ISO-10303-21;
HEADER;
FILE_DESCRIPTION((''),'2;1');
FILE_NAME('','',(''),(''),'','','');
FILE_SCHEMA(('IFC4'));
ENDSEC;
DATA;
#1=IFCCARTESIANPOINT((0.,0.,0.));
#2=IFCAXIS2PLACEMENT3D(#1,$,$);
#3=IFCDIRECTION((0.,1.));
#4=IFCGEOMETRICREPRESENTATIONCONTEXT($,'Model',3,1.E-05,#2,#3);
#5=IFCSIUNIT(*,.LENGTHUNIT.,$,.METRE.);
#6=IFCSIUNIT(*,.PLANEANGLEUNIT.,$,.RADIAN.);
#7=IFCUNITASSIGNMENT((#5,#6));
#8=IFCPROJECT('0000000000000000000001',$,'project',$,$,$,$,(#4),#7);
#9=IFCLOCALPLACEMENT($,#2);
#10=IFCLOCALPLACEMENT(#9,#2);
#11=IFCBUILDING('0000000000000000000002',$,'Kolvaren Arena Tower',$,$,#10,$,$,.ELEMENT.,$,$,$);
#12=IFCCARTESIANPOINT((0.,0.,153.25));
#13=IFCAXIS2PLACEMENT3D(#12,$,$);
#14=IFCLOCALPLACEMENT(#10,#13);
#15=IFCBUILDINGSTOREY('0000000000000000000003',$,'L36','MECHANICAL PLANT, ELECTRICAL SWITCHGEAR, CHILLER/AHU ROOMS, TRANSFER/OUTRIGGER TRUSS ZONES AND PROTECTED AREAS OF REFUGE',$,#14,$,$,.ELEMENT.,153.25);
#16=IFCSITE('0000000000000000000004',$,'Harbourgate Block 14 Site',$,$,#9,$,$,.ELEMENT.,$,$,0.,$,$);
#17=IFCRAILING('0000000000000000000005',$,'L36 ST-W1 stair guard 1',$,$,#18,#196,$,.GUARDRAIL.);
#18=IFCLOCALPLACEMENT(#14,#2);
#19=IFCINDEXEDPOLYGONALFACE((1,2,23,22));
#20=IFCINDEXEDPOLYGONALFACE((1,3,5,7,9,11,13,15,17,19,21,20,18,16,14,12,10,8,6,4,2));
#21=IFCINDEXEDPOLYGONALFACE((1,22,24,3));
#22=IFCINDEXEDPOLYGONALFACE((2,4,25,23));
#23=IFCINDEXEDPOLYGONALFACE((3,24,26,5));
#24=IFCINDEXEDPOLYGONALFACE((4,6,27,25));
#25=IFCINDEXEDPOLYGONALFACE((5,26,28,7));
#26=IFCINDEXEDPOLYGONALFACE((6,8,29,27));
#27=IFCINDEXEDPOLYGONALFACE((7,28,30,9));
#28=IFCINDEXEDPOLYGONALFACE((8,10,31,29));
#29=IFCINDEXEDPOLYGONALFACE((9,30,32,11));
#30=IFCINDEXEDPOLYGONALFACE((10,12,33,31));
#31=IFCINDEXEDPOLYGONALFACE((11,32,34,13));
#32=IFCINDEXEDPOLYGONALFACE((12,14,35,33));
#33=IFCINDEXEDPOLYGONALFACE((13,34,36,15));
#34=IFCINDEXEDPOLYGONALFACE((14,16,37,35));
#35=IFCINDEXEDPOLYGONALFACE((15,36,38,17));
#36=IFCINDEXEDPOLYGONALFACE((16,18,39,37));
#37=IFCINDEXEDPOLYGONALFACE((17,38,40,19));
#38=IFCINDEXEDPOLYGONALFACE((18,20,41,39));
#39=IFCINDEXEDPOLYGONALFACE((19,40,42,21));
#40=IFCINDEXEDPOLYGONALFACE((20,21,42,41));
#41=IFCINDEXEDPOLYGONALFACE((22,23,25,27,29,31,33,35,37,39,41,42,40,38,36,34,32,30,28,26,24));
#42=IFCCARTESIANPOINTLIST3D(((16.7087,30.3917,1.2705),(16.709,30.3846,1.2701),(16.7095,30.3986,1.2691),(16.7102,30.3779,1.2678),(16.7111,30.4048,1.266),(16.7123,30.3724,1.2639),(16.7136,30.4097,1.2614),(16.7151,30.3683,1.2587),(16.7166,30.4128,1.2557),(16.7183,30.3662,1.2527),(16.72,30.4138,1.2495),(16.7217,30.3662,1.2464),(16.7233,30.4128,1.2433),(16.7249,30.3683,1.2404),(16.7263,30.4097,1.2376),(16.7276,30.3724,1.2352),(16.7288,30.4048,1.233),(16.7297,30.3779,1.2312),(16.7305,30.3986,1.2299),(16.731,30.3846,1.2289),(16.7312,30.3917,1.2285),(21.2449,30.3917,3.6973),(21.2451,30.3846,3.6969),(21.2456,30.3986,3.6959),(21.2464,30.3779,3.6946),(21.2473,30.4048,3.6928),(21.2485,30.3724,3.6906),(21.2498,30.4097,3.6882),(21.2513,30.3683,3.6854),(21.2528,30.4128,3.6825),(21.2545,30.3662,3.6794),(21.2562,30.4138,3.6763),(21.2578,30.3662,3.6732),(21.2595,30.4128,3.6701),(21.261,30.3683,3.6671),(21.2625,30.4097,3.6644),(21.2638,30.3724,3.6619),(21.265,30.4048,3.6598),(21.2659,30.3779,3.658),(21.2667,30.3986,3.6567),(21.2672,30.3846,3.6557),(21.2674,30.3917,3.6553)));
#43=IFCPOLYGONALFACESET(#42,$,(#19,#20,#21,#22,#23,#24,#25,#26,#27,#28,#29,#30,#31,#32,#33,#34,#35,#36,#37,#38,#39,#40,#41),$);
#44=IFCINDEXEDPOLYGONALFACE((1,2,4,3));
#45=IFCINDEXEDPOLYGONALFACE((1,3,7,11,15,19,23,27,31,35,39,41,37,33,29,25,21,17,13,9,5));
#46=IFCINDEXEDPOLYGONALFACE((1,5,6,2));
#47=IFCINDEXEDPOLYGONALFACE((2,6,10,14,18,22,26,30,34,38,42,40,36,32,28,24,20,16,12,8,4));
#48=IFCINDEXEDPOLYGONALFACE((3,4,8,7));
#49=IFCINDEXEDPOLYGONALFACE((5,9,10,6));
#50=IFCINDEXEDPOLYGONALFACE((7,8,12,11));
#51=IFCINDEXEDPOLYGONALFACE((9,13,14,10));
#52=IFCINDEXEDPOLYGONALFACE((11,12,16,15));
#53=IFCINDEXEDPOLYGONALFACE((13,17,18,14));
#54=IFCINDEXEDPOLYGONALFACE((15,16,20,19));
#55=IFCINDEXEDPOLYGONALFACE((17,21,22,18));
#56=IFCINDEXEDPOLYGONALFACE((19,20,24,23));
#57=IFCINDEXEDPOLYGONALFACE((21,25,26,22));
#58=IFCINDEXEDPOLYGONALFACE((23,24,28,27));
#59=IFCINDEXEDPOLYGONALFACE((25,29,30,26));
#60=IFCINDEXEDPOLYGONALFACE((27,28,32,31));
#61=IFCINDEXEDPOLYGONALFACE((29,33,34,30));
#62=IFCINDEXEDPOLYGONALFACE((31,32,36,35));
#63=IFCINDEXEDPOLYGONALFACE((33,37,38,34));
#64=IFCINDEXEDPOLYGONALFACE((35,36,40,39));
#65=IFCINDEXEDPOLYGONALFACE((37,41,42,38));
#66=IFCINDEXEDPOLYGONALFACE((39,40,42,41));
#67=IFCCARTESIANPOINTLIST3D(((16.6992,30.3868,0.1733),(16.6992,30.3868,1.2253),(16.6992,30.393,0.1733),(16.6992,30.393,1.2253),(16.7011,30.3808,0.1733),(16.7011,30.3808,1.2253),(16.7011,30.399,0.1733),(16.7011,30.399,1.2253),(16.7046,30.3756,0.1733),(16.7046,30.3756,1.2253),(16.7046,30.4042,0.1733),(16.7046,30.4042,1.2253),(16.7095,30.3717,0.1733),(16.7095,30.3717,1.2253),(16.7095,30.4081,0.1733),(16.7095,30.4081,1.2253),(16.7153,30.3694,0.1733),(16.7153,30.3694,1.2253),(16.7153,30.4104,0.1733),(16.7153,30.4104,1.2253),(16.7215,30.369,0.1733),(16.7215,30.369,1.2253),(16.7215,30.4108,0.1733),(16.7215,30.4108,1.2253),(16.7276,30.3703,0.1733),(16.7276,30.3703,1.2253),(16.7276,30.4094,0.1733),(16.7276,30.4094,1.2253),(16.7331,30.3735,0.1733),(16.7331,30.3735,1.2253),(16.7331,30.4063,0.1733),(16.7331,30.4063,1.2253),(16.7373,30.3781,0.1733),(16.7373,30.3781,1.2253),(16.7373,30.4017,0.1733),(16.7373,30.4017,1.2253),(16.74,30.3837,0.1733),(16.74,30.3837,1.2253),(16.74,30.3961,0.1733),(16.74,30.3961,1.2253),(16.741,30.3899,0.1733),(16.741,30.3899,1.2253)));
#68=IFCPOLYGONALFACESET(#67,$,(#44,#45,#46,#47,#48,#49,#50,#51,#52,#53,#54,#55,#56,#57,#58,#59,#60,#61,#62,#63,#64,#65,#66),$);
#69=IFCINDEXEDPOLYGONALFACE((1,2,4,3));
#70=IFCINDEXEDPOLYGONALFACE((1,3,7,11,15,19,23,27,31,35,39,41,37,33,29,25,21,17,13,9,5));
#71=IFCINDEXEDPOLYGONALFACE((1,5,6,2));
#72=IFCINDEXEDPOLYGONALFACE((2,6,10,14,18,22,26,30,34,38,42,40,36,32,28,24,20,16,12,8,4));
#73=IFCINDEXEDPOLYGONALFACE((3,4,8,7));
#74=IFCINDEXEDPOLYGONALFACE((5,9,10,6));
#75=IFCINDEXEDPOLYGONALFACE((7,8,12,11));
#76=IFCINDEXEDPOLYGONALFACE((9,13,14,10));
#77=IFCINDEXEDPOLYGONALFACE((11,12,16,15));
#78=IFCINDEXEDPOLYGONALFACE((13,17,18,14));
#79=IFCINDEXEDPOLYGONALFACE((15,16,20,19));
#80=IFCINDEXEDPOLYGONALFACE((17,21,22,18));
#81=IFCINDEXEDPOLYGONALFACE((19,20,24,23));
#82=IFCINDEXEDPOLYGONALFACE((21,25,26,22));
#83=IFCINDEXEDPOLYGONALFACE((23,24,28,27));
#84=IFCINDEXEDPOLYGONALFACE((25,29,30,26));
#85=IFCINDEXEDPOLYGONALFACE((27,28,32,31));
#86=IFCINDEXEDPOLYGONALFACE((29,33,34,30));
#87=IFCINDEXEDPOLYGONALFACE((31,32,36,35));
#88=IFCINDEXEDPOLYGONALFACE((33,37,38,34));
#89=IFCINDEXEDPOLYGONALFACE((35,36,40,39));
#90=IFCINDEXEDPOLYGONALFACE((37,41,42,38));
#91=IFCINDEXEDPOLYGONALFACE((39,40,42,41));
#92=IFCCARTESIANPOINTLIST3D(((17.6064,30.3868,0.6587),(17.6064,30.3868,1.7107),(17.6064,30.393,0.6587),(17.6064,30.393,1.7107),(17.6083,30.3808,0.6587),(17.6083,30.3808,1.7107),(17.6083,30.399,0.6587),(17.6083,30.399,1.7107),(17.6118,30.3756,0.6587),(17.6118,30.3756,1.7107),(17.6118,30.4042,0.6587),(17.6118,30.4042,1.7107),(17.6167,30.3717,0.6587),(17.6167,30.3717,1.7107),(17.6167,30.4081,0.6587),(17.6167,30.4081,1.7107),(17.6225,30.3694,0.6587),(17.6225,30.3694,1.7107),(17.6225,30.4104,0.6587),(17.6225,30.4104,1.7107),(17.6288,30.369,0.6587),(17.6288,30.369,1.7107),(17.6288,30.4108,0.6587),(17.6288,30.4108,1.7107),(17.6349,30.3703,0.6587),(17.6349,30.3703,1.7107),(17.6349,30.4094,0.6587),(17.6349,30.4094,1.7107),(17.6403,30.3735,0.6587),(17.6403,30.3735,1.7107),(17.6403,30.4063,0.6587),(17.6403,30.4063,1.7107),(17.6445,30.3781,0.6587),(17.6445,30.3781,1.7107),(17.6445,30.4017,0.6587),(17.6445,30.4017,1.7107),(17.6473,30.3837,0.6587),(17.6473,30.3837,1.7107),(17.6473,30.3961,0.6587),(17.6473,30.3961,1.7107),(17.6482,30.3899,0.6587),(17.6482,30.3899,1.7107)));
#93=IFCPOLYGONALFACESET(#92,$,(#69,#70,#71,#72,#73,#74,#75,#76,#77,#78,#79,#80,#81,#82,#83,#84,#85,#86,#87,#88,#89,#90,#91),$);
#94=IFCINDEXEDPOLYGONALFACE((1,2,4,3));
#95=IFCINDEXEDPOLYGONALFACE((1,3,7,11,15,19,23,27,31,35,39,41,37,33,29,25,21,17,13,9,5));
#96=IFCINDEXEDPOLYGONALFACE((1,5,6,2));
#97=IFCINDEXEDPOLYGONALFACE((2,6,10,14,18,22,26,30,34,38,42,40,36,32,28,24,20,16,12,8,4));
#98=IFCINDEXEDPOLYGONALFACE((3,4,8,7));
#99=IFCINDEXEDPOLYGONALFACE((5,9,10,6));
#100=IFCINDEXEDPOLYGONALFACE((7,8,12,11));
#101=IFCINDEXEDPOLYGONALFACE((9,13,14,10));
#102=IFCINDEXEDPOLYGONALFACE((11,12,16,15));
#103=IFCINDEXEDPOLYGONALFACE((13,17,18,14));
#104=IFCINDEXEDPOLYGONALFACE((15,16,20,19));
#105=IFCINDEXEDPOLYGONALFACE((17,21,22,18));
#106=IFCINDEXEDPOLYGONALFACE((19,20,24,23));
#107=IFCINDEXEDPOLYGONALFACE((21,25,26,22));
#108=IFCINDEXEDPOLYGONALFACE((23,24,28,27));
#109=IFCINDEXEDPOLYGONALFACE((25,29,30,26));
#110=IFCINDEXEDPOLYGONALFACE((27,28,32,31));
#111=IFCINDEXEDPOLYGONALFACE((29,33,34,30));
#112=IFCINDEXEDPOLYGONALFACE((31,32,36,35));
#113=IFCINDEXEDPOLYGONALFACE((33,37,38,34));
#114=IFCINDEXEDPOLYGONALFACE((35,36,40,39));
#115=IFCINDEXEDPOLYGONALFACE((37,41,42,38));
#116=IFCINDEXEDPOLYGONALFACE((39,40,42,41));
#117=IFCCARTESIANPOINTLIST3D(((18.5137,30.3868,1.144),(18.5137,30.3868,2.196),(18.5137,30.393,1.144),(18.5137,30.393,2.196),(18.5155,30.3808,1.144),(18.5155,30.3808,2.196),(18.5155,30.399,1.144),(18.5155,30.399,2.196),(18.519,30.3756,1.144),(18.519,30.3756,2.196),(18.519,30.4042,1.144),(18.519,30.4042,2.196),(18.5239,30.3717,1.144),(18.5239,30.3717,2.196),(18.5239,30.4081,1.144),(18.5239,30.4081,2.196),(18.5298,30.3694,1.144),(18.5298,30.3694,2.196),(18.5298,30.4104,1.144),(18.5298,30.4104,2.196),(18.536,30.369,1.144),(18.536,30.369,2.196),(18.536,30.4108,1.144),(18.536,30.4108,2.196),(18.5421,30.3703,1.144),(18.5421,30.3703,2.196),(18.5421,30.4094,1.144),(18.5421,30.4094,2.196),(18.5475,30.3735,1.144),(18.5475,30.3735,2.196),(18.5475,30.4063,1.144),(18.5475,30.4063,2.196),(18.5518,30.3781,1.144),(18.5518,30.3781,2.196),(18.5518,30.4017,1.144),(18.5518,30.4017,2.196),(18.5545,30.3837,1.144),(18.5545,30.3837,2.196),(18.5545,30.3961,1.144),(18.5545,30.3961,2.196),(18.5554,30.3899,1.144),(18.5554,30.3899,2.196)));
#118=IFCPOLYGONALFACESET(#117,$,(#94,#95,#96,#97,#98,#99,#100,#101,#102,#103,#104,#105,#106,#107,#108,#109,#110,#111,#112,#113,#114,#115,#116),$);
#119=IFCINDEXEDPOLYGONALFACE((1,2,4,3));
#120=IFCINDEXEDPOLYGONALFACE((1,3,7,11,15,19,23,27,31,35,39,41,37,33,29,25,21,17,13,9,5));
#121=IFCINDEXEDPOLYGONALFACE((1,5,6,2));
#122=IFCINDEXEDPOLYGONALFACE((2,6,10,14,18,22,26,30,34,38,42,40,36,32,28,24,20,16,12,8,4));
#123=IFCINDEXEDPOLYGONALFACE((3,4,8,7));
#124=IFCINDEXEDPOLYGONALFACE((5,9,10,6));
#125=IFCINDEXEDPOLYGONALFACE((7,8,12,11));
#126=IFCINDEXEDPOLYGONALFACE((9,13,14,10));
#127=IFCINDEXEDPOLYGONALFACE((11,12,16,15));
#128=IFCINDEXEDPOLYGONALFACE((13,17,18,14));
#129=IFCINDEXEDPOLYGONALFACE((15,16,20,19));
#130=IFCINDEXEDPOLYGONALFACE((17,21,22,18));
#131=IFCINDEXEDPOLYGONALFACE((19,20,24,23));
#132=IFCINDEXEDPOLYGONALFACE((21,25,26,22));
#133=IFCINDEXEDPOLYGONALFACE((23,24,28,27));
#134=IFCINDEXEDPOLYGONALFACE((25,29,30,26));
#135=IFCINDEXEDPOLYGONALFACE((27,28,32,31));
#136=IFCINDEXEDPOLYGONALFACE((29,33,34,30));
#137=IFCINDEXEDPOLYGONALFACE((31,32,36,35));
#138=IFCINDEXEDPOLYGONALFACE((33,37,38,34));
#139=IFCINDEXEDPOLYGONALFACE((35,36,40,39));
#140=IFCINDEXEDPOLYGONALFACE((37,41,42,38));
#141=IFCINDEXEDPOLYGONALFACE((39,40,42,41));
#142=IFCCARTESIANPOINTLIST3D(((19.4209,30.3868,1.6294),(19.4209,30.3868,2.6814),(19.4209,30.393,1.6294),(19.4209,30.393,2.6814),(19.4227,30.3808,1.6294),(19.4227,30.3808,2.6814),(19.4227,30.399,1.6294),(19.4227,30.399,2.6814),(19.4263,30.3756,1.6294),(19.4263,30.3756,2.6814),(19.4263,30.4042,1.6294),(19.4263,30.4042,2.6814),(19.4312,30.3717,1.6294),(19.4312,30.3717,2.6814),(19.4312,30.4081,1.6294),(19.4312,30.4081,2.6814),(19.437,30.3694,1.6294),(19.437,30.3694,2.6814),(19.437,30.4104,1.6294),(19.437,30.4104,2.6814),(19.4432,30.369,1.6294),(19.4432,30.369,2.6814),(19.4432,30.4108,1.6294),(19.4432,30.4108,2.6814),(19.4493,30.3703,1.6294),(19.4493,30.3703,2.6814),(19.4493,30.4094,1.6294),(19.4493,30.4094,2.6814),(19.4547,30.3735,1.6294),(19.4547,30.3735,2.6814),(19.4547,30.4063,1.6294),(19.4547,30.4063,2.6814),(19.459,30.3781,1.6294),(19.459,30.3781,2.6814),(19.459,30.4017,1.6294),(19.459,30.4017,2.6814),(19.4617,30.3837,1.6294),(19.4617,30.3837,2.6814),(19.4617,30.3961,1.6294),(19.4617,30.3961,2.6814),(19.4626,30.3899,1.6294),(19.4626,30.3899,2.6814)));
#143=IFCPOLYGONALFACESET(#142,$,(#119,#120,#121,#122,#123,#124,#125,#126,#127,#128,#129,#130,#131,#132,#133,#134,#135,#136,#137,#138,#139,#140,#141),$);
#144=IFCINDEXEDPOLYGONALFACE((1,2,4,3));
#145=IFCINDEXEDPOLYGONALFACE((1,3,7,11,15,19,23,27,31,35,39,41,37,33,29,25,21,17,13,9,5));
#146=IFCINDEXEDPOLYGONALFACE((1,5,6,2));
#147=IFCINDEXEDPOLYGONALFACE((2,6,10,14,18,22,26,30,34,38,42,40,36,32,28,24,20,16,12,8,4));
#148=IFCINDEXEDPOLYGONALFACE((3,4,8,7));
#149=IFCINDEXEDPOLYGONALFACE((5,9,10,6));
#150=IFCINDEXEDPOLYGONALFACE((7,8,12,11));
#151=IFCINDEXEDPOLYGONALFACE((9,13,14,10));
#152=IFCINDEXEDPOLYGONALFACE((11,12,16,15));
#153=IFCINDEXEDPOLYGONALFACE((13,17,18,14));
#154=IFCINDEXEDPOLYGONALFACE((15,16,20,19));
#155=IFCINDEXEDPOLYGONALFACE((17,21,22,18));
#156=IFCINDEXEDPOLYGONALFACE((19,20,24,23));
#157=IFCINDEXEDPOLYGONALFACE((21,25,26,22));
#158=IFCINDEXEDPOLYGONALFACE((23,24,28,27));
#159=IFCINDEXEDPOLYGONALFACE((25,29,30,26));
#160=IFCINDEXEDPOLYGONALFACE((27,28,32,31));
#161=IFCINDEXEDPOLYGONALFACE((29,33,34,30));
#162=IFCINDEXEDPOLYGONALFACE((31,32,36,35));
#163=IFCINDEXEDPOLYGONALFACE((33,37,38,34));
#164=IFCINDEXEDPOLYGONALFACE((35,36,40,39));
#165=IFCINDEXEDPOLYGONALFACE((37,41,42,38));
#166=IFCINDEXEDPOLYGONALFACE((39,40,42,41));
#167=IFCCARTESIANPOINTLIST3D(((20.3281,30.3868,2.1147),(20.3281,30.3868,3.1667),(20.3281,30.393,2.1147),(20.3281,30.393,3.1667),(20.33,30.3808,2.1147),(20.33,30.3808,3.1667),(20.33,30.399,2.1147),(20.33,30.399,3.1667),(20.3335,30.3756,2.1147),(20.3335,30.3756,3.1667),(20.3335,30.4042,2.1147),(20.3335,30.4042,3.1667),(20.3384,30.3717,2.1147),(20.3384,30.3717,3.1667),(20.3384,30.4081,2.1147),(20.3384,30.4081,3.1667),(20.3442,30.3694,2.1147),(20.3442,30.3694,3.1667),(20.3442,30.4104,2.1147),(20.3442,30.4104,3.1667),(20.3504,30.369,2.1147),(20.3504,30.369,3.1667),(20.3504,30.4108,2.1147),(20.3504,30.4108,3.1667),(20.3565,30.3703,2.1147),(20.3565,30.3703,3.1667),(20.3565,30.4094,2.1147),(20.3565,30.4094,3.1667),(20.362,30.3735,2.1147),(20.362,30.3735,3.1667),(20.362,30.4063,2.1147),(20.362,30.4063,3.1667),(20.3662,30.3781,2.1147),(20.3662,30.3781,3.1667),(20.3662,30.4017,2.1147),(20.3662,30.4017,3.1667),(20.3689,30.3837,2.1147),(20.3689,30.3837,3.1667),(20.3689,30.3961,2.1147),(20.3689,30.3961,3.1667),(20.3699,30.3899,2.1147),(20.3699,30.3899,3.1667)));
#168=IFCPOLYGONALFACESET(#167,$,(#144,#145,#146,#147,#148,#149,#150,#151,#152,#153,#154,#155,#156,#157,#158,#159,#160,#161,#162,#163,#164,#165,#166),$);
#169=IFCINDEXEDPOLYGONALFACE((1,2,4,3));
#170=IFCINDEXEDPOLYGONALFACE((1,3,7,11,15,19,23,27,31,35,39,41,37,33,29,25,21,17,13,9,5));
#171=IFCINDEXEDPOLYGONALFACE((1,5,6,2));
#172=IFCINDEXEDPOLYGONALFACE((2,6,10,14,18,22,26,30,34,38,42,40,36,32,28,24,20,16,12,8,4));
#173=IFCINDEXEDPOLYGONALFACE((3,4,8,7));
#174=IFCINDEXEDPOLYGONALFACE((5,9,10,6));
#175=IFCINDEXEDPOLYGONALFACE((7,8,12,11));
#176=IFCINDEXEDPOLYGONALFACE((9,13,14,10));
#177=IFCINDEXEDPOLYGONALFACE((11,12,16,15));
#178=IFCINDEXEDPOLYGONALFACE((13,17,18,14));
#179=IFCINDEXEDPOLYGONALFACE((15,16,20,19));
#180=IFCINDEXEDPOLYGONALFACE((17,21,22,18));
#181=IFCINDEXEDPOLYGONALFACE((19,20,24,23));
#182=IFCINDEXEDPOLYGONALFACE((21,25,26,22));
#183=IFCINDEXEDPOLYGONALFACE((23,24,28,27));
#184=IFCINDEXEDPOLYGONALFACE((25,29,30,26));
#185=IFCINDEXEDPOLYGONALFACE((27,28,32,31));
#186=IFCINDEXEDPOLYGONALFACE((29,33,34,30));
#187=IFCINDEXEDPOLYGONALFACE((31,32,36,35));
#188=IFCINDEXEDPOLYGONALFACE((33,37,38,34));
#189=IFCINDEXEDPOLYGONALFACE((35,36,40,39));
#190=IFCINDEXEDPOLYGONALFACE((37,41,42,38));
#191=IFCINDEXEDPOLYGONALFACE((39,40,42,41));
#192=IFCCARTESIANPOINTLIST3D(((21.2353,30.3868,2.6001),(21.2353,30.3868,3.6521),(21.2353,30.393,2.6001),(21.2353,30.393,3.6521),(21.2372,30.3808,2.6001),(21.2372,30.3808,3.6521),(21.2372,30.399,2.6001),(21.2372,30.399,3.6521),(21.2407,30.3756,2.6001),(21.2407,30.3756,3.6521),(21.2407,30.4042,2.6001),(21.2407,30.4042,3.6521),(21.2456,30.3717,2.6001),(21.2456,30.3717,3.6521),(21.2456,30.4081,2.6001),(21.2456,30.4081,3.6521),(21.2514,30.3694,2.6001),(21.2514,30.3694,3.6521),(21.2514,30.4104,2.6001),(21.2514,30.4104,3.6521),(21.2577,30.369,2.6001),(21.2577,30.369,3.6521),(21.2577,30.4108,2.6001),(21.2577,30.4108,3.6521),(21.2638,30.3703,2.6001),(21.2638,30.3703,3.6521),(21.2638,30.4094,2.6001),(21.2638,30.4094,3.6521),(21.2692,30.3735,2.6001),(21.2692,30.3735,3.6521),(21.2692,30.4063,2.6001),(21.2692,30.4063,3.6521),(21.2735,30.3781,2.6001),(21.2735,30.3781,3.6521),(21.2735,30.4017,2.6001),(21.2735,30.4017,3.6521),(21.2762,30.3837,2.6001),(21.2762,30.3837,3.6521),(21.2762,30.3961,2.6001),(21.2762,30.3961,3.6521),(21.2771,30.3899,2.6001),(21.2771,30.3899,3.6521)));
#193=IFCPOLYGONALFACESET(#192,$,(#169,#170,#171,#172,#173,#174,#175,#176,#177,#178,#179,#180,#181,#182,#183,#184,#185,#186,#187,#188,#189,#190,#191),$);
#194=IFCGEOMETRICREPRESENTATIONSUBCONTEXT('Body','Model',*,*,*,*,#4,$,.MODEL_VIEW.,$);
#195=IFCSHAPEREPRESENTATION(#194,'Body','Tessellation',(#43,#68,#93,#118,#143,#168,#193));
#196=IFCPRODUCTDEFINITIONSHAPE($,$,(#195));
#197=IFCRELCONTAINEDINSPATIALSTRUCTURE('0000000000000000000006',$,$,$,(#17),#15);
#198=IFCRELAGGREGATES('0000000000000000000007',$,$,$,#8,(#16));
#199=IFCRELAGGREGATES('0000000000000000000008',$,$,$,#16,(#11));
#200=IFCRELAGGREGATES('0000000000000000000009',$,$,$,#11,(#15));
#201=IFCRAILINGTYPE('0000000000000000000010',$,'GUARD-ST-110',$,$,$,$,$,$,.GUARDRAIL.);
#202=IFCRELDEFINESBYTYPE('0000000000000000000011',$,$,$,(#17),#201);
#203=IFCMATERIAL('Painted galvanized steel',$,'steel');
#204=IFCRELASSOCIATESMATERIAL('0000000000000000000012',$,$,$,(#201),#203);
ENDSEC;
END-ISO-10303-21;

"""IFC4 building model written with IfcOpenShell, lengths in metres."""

from ifc_helpers import new_model, si_unit, direction, frame, origin, origin_2d, place, context, subcontext, project, spatial, circle, extrude, material, type_object, element, save


model = new_model("IFC4")

# Units and contexts
model_context = context("Model", 3, precision=1e-05, world=origin(), true_north=direction((0.0, 1.0)))
body_context = subcontext(model_context, "Body", "Model", "MODEL_VIEW")
ifc_project = project(units=[si_unit("LENGTHUNIT", "METRE"), si_unit("PLANEANGLEUNIT", "RADIAN")], contexts=[model_context])

# Site, building, storey
site_placement = place(None, origin())
site = spatial("IfcSite", under=ifc_project, at=site_placement, Name="Harbourgate Block 14 Site", CompositionType="ELEMENT", RefElevation=0.0)
building_placement = place(site_placement, origin())
building = spatial("IfcBuilding", under=site, at=building_placement, Name="Kolvaren Arena Tower", CompositionType="ELEMENT")
storey_placement = place(building_placement, frame((0.0, 0.0, 153.25)))
storey = spatial("IfcBuildingStorey", under=building, at=storey_placement, Name="L36", Description="MECHANICAL PLANT, ELECTRICAL SWITCHGEAR, CHILLER/AHU ROOMS, TRANSFER/OUTRIGGER TRUSS ZONES AND PROTECTED AREAS OF REFUGE", CompositionType="ELEMENT", Elevation=153.25)

# Railing
ifc_material_1 = material(Name="Painted galvanized steel", Category="steel")
railing_type_1 = type_object("IfcRailingType", Name="GUARD-ST-110", PredefinedType="GUARDRAIL", material=ifc_material_1)
railing_1_placement = place(storey_placement, frame((16.72, 30.3899, 0.1733)))
element("IfcRailing", 1, at=railing_1_placement, inside=storey, type_object=railing_type_1, Name="L36 ST-W1 stair guard 1", PredefinedType="GUARDRAIL", context=body_context, shape_type="SweptSolid", body=[
    extrude(circle(Radius=0.0239, at=origin_2d()), frame((0.0, 0.0, 1.0762), z_axis=(0.881748, 0.0, 0.471721), x_axis=(0.0, 1.0, 0.0)), (0.0, 0.0, 1.0), 5.1445),
    extrude(circle(Radius=0.021, at=origin_2d()), origin(), (0.0, 0.0, 1.0), 1.052),
    extrude(circle(Radius=0.021, at=origin_2d()), frame((0.9072, 0.0, 0.4854)), (0.0, 0.0, 1.0), 1.052),
    extrude(circle(Radius=0.021, at=origin_2d()), frame((1.8145, 0.0, 0.9707)), (0.0, 0.0, 1.0), 1.052),
    extrude(circle(Radius=0.021, at=origin_2d()), frame((2.7217, 0.0, 1.4561)), (0.0, 0.0, 1.0), 1.052),
    extrude(circle(Radius=0.021, at=origin_2d()), frame((3.6289, 0.0, 1.9414)), (0.0, 0.0, 1.0), 1.052),
    extrude(circle(Radius=0.021, at=origin_2d()), frame((4.5361, 0.0, 2.4268)), (0.0, 0.0, 1.0), 1.052),
])

save(model, "model.ifc")
